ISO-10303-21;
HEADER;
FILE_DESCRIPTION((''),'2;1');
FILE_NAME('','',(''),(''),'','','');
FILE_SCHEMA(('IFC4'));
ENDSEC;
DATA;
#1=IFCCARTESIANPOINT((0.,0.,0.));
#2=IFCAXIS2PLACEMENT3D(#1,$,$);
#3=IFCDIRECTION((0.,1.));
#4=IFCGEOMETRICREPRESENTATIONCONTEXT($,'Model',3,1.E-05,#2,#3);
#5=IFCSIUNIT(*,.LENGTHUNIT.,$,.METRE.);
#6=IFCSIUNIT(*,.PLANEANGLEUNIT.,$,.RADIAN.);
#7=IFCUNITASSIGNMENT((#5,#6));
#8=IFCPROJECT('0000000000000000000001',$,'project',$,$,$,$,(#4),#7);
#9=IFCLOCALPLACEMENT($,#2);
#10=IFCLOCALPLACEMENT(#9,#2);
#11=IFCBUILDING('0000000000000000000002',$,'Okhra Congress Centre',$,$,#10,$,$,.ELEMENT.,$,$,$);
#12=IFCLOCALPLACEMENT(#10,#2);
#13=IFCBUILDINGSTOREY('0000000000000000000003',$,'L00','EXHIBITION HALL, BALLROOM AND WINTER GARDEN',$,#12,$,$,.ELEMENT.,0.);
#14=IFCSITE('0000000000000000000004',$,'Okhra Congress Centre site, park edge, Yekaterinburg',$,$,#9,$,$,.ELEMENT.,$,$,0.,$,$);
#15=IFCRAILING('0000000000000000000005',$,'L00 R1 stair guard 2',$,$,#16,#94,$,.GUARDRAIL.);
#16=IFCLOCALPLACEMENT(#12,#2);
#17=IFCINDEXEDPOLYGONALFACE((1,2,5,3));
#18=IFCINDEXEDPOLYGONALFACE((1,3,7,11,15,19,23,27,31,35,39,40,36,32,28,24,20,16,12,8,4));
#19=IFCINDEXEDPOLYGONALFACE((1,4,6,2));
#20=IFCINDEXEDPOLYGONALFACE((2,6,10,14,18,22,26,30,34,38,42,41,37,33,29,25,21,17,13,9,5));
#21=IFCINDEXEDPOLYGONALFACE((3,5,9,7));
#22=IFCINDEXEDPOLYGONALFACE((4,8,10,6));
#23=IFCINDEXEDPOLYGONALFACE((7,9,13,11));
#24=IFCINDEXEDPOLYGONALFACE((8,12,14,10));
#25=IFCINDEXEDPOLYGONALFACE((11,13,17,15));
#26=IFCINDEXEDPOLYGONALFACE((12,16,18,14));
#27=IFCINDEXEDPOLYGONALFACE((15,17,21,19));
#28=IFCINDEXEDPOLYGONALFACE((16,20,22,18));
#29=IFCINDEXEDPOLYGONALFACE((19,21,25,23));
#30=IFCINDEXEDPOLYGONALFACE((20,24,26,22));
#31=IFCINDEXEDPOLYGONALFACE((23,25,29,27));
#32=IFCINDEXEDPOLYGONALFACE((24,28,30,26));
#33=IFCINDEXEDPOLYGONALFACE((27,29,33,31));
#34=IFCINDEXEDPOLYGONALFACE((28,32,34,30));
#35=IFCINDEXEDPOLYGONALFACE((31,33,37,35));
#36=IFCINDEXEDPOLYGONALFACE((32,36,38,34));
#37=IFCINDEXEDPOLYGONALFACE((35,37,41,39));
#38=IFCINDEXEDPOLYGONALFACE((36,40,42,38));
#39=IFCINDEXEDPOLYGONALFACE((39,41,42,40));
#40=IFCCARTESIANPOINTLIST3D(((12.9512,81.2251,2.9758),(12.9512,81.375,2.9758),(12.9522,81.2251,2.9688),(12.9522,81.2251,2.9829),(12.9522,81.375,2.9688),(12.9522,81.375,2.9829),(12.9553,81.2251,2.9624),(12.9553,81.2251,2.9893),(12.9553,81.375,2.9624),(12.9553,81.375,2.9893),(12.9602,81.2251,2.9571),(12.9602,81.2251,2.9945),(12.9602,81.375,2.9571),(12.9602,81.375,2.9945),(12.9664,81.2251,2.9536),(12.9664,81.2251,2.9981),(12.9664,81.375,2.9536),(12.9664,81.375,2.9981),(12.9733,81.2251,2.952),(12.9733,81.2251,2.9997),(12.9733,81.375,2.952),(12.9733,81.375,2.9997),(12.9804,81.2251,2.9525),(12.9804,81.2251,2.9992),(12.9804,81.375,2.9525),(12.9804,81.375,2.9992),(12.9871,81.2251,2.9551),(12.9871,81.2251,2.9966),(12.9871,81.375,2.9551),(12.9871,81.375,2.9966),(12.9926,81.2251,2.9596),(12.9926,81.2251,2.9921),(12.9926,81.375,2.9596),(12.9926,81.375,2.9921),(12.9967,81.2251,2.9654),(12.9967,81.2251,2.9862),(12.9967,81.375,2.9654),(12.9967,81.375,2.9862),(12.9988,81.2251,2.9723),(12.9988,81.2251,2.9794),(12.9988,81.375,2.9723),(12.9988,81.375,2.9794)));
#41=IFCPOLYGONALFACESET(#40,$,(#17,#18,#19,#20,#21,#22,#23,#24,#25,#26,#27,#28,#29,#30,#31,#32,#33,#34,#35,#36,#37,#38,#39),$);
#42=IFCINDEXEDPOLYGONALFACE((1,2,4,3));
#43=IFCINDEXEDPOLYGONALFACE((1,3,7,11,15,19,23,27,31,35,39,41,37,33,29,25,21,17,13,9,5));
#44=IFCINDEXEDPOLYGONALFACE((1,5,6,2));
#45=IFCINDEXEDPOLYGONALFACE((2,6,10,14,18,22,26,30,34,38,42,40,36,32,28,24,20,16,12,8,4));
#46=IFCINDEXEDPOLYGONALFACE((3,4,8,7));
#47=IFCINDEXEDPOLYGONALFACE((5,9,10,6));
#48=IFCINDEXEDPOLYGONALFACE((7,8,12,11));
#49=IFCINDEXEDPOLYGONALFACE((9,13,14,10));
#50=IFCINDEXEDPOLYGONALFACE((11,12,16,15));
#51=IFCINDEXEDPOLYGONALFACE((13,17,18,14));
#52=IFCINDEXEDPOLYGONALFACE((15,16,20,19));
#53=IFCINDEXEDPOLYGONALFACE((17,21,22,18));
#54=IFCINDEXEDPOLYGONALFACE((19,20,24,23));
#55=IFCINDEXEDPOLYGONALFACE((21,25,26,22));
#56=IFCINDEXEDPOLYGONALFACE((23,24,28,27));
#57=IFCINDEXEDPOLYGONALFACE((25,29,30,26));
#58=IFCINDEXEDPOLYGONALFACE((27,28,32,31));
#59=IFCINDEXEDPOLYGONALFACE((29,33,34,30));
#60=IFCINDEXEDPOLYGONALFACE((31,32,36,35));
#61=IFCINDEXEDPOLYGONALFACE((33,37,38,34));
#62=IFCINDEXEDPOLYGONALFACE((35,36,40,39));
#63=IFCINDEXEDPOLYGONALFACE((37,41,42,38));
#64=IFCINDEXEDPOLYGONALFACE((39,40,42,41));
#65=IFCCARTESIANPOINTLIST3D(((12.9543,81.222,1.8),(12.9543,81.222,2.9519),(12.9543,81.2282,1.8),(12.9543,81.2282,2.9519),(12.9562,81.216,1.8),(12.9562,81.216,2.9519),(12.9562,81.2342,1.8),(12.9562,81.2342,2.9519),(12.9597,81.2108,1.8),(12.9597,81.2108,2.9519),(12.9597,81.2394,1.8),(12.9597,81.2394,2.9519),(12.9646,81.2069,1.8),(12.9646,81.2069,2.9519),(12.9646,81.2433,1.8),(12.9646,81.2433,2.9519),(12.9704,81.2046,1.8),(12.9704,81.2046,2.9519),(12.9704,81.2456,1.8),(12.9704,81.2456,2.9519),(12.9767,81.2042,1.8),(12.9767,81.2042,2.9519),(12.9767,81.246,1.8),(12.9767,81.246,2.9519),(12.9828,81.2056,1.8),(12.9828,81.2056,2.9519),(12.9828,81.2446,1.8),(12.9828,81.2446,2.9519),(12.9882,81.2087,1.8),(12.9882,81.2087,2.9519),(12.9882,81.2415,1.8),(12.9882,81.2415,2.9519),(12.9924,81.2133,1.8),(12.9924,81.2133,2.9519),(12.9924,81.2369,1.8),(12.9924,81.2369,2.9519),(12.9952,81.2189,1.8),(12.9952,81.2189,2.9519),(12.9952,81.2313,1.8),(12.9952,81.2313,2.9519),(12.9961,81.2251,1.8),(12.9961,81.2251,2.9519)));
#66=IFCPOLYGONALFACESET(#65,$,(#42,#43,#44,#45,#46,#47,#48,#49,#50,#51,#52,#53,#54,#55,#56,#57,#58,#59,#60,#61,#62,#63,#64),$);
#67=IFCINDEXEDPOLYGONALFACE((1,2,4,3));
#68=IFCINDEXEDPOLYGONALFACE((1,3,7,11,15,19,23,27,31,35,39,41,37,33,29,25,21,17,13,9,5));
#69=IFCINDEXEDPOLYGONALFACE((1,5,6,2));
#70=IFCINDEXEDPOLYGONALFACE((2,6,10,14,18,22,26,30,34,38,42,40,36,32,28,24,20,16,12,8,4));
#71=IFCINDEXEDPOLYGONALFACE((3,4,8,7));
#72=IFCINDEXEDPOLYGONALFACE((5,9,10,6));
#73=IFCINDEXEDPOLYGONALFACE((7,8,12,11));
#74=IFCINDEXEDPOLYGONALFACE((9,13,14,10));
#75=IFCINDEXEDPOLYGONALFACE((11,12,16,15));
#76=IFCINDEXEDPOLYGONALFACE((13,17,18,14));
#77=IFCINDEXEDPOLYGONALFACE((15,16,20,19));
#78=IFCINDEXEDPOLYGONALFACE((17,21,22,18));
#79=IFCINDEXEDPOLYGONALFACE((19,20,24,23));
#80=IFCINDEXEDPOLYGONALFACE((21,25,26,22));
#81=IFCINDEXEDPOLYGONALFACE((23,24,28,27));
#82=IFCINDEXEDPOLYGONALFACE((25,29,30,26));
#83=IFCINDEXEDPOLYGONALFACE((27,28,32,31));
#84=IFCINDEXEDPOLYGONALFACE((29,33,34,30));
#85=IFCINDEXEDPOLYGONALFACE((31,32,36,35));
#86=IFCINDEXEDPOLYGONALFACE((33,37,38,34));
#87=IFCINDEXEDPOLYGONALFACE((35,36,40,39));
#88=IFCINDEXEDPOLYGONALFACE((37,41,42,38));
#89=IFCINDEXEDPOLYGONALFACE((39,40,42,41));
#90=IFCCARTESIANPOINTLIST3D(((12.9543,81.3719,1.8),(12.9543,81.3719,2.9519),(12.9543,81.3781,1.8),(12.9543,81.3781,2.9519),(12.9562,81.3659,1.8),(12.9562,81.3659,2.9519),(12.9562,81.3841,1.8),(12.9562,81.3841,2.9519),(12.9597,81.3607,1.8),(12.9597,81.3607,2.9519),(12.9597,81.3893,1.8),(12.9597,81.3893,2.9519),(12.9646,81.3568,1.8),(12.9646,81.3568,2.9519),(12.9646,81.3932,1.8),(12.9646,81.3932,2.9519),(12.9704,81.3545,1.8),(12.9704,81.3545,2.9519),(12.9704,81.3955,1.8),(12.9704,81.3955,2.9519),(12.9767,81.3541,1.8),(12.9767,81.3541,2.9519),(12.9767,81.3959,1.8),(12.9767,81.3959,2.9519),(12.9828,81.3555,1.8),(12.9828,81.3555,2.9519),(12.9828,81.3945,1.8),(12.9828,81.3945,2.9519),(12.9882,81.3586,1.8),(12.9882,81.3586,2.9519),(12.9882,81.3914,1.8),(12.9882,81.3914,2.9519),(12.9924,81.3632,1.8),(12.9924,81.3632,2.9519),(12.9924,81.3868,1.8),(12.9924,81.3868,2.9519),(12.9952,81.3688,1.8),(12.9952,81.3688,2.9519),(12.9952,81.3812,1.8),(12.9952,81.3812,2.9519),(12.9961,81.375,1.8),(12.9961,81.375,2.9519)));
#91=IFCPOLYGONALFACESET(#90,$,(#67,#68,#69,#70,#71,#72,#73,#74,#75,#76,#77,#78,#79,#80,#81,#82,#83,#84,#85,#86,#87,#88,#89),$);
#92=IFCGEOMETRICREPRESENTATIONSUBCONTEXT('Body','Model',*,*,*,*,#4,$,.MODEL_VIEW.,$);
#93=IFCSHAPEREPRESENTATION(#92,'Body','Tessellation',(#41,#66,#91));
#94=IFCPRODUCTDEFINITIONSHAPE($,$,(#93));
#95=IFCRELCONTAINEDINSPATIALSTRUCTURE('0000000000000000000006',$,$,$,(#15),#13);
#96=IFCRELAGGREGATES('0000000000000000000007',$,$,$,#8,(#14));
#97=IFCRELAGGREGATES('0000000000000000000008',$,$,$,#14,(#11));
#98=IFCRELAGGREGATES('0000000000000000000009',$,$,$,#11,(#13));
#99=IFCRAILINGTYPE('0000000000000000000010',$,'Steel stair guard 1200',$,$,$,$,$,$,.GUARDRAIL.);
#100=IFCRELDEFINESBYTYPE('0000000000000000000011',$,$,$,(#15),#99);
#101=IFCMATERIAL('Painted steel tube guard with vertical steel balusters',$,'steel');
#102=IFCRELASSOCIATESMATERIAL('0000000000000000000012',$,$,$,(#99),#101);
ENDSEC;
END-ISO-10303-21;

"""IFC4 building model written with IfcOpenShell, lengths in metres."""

from ifc_helpers import new_model, si_unit, direction, frame, origin, origin_2d, place, context, subcontext, project, spatial, circle, extrude, material, type_object, element, save


model = new_model("IFC4")

# Units and contexts
model_context = context("Model", 3, precision=1e-05, world=origin(), true_north=direction((0.0, 1.0)))
body_context = subcontext(model_context, "Body", "Model", "MODEL_VIEW")
ifc_project = project(units=[si_unit("LENGTHUNIT", "METRE"), si_unit("PLANEANGLEUNIT", "RADIAN")], contexts=[model_context])

# Site, building, storey
site_placement = place(None, origin())
site = spatial("IfcSite", under=ifc_project, at=site_placement, Name="Okhra Congress Centre site, park edge, Yekaterinburg", CompositionType="ELEMENT", RefElevation=0.0)
building_placement = place(site_placement, origin())
building = spatial("IfcBuilding", under=site, at=building_placement, Name="Okhra Congress Centre", CompositionType="ELEMENT")
storey_placement = place(building_placement, origin())
storey = spatial("IfcBuildingStorey", under=building, at=storey_placement, Name="L00", Description="EXHIBITION HALL, BALLROOM AND WINTER GARDEN", CompositionType="ELEMENT", Elevation=0.0)

# Railing
ifc_material_1 = material(Name="Painted steel tube guard with vertical steel balusters", Category="steel")
railing_type_1 = type_object("IfcRailingType", Name="Steel stair guard 1200", PredefinedType="GUARDRAIL", material=ifc_material_1)
railing_1_placement = place(storey_placement, frame((12.9751, 81.2251, 1.8)))
element("IfcRailing", 1, at=railing_1_placement, inside=storey, type_object=railing_type_1, Name="L00 R1 stair guard 2", PredefinedType="GUARDRAIL", context=body_context, shape_type="SweptSolid", body=[
    extrude(circle(Radius=0.0239, at=origin_2d()), frame((0.0, 0.0, 1.1758), z_axis=(0.0, 1.0, 0.0), x_axis=(-1.0, 0.0, 0.0)), (0.0, 0.0, 1.0), 0.1499),
    extrude(circle(Radius=0.021, at=origin_2d()), origin(), (0.0, 0.0, 1.0), 1.1519),
    extrude(circle(Radius=0.021, at=origin_2d()), frame((0.0, 0.1499, 0.0)), (0.0, 0.0, 1.0), 1.1519),
])

save(model, "model.ifc")
